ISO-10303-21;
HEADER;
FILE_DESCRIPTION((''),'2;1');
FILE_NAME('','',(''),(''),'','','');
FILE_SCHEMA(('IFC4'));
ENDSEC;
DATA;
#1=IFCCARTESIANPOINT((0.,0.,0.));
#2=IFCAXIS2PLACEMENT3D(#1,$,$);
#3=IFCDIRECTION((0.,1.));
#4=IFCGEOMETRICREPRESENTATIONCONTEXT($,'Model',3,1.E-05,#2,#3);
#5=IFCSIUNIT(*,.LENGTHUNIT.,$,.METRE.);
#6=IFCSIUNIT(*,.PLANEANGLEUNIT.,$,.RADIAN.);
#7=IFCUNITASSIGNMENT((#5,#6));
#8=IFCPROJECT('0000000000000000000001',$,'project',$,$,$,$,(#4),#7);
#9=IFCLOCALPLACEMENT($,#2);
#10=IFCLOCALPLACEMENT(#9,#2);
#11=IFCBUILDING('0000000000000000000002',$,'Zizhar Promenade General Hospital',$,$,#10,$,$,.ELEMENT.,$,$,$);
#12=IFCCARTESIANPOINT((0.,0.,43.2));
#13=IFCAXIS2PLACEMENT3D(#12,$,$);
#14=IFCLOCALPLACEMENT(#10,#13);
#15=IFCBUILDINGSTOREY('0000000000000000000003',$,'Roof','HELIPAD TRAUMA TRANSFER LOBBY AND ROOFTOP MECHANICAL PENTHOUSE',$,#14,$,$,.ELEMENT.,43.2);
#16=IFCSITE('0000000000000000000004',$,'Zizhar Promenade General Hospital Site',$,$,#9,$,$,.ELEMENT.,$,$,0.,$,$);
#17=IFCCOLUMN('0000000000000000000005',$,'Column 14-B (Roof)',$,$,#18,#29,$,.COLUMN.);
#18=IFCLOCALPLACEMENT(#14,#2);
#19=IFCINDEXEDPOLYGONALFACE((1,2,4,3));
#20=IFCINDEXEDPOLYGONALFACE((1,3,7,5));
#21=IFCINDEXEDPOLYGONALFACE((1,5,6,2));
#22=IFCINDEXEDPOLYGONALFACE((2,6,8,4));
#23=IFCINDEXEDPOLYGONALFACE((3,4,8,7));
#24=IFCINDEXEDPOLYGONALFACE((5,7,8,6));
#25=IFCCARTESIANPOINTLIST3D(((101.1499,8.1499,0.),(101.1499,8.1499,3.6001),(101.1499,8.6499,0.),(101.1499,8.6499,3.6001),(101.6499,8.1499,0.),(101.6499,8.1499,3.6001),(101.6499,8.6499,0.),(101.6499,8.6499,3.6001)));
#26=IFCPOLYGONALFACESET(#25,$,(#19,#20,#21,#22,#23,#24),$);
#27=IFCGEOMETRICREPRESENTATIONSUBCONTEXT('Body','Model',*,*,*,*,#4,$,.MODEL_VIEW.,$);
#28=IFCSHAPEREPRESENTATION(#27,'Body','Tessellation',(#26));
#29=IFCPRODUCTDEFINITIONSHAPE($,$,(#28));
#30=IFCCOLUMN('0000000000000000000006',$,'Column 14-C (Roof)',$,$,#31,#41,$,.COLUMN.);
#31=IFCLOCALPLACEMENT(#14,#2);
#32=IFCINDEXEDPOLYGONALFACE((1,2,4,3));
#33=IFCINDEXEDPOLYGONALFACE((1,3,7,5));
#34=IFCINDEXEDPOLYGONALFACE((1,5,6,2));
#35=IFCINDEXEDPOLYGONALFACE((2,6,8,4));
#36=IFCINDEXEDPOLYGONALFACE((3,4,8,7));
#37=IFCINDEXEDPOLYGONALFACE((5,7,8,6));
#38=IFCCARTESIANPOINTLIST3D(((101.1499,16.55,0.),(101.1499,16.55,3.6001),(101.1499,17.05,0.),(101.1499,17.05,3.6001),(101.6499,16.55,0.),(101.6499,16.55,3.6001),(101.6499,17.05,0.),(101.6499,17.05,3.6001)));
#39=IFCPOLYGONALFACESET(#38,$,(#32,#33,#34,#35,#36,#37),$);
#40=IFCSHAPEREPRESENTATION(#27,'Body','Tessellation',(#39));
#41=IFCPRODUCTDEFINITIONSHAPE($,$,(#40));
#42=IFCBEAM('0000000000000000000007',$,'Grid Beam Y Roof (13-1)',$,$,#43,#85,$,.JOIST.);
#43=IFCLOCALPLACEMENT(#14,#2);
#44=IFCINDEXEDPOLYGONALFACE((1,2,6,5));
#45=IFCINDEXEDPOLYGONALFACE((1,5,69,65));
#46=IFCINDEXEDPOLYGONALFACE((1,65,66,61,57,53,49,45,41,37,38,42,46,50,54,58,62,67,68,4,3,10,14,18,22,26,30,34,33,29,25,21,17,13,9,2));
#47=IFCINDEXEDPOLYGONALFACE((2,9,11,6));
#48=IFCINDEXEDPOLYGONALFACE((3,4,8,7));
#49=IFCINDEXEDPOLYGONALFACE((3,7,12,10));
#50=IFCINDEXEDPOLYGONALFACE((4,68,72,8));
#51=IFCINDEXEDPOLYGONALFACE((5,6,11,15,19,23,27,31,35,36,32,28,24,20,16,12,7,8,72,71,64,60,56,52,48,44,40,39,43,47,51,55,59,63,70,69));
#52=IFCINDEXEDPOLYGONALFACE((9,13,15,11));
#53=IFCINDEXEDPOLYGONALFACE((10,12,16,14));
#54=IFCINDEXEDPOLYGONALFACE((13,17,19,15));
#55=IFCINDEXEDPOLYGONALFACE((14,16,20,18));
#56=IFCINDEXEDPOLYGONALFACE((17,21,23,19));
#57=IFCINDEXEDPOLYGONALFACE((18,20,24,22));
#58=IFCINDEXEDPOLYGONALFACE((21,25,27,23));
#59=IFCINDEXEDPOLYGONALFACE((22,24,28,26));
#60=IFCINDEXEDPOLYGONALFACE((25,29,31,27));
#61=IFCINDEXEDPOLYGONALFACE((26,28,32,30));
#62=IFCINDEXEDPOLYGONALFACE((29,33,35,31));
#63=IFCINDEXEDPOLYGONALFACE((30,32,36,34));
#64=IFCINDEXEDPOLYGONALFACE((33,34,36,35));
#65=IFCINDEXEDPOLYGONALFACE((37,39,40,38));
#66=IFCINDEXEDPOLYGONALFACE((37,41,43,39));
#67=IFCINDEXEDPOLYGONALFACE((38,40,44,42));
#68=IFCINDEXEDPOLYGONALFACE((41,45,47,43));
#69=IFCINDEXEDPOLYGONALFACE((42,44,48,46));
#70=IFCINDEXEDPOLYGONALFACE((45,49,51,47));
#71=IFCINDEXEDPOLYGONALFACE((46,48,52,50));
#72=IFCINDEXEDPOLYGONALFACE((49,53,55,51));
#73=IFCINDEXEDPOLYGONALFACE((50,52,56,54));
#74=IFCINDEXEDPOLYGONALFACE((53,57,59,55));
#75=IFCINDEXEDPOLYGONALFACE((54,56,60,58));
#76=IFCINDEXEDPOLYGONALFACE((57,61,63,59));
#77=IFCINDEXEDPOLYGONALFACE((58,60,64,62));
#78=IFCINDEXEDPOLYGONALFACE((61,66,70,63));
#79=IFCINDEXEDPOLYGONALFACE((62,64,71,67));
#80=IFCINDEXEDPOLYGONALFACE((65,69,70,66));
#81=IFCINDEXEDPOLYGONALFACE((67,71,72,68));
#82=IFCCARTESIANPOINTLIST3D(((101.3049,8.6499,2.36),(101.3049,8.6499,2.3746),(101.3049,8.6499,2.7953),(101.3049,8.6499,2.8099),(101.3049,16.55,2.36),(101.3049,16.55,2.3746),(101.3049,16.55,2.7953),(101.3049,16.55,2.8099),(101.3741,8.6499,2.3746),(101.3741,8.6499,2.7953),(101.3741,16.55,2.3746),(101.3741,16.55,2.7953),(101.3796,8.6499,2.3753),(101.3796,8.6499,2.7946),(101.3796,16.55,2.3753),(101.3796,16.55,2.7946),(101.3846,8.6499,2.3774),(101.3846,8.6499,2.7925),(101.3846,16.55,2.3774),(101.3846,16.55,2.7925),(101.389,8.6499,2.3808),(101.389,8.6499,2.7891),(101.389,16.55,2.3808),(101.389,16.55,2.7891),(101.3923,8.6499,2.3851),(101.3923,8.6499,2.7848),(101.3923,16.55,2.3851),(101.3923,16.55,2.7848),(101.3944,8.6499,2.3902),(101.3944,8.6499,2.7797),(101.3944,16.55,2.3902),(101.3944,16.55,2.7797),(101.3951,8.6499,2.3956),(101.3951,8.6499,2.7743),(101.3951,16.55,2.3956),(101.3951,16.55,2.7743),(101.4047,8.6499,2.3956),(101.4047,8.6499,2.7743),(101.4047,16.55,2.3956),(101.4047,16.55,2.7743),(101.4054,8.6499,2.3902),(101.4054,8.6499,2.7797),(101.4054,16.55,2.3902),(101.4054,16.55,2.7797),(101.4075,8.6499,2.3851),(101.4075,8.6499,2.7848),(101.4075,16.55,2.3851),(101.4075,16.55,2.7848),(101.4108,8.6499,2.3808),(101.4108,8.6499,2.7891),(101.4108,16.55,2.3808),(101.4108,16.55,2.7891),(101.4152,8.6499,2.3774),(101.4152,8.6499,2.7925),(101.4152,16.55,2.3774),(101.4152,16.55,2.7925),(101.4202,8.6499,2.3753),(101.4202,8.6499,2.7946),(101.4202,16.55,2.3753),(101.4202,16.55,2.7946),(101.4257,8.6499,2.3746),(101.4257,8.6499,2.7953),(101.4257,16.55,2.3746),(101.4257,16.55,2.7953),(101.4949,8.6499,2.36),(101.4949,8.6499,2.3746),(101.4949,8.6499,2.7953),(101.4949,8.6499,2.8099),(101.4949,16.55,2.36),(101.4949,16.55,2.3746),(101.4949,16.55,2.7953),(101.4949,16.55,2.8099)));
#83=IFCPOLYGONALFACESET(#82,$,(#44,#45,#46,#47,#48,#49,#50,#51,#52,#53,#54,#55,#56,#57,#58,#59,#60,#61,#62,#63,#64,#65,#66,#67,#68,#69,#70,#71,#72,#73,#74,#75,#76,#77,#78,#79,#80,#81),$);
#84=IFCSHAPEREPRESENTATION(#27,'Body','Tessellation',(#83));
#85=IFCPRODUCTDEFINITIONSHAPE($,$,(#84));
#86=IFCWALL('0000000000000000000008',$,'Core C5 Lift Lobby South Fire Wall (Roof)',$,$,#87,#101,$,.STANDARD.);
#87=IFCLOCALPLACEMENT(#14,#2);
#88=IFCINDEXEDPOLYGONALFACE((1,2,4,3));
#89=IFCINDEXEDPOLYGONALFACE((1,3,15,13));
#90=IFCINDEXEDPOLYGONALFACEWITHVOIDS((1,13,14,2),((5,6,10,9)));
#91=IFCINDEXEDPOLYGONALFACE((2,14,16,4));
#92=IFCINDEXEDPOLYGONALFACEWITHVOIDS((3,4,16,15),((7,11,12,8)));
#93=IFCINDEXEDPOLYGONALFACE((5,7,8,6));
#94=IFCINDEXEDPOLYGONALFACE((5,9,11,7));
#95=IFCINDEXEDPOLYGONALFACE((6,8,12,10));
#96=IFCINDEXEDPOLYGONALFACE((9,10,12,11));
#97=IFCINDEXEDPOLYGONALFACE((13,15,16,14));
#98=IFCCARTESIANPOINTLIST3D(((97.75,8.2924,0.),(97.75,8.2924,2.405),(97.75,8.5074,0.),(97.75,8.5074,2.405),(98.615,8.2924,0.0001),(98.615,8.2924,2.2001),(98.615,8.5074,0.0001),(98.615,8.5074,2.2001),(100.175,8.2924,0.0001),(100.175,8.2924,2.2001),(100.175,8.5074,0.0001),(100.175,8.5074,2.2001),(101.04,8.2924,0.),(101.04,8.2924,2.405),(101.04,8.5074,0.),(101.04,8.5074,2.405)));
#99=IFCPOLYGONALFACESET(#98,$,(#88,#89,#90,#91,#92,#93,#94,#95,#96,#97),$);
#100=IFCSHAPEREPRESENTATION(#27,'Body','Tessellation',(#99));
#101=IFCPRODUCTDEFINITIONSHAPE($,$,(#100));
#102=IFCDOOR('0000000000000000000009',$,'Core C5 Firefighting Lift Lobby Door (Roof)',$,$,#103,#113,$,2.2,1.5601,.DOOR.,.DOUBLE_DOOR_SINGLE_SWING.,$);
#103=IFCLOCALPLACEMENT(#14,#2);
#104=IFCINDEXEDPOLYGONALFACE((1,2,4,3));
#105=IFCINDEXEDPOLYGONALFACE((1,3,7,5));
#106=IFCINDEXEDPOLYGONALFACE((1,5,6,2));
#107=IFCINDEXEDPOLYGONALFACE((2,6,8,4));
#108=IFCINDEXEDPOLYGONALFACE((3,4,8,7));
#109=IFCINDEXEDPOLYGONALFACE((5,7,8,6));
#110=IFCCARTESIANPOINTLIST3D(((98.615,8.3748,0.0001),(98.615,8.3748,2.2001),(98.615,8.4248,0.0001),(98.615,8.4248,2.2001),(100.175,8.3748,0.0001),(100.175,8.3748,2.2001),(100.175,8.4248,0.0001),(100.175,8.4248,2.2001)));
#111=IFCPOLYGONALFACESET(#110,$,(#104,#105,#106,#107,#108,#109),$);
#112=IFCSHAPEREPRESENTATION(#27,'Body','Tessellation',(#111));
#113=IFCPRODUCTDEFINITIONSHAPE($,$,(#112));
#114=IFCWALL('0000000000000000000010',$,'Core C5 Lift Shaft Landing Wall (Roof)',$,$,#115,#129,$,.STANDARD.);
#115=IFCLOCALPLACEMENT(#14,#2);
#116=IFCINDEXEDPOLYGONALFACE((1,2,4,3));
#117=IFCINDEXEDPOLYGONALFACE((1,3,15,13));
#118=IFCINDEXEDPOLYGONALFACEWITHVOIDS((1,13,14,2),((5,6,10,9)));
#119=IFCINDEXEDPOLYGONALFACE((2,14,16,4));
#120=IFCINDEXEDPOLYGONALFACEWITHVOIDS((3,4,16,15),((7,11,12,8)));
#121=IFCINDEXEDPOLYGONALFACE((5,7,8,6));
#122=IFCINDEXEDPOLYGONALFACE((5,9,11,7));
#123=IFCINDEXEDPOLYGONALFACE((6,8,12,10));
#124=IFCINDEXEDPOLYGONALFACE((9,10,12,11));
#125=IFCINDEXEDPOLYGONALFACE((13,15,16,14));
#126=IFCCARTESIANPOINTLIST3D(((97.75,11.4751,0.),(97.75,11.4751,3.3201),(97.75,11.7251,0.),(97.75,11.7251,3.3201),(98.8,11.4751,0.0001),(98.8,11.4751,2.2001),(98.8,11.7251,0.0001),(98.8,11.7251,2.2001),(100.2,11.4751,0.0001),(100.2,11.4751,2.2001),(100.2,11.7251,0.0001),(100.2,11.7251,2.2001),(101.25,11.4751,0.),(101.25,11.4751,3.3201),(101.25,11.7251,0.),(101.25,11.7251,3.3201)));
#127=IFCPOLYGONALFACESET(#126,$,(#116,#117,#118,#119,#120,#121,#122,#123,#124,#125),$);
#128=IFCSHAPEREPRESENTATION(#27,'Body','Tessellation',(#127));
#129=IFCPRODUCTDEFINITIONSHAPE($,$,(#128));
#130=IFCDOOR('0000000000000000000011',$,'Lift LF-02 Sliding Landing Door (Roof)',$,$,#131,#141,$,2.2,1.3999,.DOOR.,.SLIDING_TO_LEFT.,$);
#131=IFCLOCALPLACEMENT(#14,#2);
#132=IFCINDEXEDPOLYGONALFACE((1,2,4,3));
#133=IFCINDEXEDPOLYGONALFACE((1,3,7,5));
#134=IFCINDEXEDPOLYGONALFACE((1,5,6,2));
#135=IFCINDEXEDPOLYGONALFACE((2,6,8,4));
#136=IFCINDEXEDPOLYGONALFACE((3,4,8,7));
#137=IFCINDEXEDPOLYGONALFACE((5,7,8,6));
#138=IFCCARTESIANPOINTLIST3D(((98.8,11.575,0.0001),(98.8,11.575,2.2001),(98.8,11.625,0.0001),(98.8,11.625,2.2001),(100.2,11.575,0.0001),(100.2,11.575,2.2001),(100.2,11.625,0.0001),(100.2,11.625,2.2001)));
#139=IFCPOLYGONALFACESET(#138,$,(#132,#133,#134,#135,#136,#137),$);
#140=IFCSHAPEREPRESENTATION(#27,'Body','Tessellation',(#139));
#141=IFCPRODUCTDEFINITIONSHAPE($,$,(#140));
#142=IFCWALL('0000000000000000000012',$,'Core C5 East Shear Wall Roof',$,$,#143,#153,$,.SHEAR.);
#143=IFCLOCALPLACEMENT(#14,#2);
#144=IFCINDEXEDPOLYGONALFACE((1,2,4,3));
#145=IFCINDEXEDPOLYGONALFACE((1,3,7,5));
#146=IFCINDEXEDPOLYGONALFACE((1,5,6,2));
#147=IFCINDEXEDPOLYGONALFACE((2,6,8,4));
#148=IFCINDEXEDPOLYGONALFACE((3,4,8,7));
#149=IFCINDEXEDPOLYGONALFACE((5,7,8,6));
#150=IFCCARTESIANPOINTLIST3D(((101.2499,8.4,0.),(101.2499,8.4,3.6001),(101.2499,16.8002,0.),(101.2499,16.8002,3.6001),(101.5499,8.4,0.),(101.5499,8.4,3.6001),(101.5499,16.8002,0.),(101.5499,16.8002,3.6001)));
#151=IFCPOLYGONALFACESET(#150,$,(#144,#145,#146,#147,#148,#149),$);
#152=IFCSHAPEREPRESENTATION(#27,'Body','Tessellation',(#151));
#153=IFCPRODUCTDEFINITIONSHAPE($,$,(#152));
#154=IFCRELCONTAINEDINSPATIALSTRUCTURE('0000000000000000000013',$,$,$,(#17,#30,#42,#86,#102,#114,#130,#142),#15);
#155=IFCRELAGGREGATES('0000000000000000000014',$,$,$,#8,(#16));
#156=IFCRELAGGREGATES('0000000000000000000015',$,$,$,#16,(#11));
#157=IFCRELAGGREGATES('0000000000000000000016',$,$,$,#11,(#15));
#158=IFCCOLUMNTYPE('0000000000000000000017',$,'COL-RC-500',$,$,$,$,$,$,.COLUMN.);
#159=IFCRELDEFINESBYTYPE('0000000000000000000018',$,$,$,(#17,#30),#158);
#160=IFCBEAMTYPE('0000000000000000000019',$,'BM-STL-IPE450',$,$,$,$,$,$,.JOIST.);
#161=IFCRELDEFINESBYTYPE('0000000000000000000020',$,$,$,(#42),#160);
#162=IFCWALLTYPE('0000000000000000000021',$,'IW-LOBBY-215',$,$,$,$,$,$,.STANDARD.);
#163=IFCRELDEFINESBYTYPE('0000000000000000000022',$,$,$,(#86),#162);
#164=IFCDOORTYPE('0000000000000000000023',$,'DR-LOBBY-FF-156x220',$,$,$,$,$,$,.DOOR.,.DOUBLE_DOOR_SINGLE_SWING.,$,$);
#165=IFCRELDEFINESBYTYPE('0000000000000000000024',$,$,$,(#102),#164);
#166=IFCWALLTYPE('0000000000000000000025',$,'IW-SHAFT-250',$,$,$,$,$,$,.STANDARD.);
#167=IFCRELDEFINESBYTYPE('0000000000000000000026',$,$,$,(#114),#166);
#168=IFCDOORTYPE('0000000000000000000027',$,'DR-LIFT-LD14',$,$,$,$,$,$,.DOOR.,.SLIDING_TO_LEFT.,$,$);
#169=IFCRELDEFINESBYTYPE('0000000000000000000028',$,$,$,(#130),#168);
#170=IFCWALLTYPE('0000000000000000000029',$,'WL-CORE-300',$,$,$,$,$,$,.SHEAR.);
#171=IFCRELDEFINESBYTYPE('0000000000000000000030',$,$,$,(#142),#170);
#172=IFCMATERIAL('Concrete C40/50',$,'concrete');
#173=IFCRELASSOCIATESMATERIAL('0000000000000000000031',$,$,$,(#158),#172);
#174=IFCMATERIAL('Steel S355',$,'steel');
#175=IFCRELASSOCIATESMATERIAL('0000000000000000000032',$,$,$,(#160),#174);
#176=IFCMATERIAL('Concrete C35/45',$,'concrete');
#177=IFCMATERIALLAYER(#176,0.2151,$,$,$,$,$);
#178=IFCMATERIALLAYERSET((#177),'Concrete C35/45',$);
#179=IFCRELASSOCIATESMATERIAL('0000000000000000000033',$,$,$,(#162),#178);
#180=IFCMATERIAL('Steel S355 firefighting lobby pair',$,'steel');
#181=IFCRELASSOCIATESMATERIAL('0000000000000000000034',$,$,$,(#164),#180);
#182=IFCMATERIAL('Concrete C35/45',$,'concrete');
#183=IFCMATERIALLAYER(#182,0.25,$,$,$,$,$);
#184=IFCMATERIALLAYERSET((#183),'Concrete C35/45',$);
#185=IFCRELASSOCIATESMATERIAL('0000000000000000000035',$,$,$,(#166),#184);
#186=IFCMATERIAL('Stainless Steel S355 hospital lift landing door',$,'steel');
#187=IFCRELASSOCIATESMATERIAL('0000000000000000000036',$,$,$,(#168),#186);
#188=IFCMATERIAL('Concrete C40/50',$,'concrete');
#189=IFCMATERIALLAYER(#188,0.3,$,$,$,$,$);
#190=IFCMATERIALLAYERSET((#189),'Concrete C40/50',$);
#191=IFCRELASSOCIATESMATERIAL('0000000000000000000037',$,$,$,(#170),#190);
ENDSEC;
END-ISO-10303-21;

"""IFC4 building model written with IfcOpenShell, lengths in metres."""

from ifc_helpers import new_model, si_unit, direction, frame, frame_2d, origin, origin_2d, place, context, subcontext, project, spatial, rectangle, i_section, extrude, material, layer, layer_set, material_profile, profile_set, type_object, element, fill, save


model = new_model("IFC4")

# Units and contexts
model_context = context("Model", 3, precision=1e-05, world=origin(), true_north=direction((0.0, 1.0)))
body_context = subcontext(model_context, "Body", "Model", "MODEL_VIEW")
ifc_project = project(units=[si_unit("LENGTHUNIT", "METRE"), si_unit("PLANEANGLEUNIT", "RADIAN")], contexts=[model_context])

# Site, building, storey
site_placement = place(None, origin())
site = spatial("IfcSite", under=ifc_project, at=site_placement, Name="Zizhar Promenade General Hospital Site", CompositionType="ELEMENT", RefElevation=0.0)
building_placement = place(site_placement, origin())
building = spatial("IfcBuilding", under=site, at=building_placement, Name="Zizhar Promenade General Hospital", CompositionType="ELEMENT")
storey_placement = place(building_placement, frame((0.0, 0.0, 43.2)))
storey = spatial("IfcBuildingStorey", under=building, at=storey_placement, Name="Roof", Description="HELIPAD TRAUMA TRANSFER LOBBY AND ROOFTOP MECHANICAL PENTHOUSE", CompositionType="ELEMENT", Elevation=43.2)

# Columns
ifc_material_1 = material(Name="Concrete C40/50", Category="concrete")
ifc_material_profile_1 = material_profile(ifc_material_1, rectangle(XDim=0.5, YDim=0.5, at=origin_2d()))
ifc_profile_set_1 = profile_set([ifc_material_profile_1], Name="Concrete C40/50")
column_type = type_object("IfcColumnType", Name="COL-RC-500", PredefinedType="COLUMN", material=ifc_profile_set_1)
for number, where, z_axis, x_axis, name in (
    (1, (101.3999, 8.3999, 0.0), (0.0, 0.0, 1.0), (1.0, 0.0, 0.0), "Column 14-B (Roof)"),
    (2, (101.3999, 16.8, 0.0), (0.0, 0.0, 1.0), (1.0, 0.0, 0.0), "Column 14-C (Roof)"),
):
    element("IfcColumn", number, at=place(storey_placement, frame(where, z_axis=z_axis, x_axis=x_axis)), inside=storey, type_object=column_type, Name=name, PredefinedType="COLUMN", context=body_context, shape_type="SweptSolid", body=[
        extrude(rectangle(XDim=0.5, YDim=0.5, at=origin_2d()), origin(), (0.0, 0.0, 1.0), 3.6001),
    ])

# Beam
ifc_material_2 = material(Name="Steel S355", Category="steel")
ifc_material_profile_2 = material_profile(ifc_material_2, i_section(OverallWidth=0.1899, OverallDepth=0.45, WebThickness=0.0095, FlangeThickness=0.0146, FilletRadius=0.021, at=origin_2d()))
ifc_profile_set_2 = profile_set([ifc_material_profile_2], Name="Steel S355")
beam_type = type_object("IfcBeamType", Name="BM-STL-IPE450", PredefinedType="JOIST", material=ifc_profile_set_2)
beam_placement = place(storey_placement, frame((101.3999, 8.6499, 2.585), z_axis=(0.0, 1.0, 0.0), x_axis=(-1.0, 0.0, 0.0)))
element("IfcBeam", 3, at=beam_placement, inside=storey, type_object=beam_type, Name="Grid Beam Y Roof (13-1)", PredefinedType="JOIST", context=body_context, shape_type="SweptSolid", body=[
    extrude(i_section(OverallWidth=0.1899, OverallDepth=0.45, WebThickness=0.0095, FlangeThickness=0.0146, FilletRadius=0.021, at=origin_2d()), origin(), (0.0, 0.0, 1.0), 7.9001),
])

# Walls, openings, doors
ifc_material_3 = material(Name="Concrete C35/45", Category="concrete")
ifc_layer_1 = layer(ifc_material_3, 0.2151)
ifc_layer_set_1 = layer_set([ifc_layer_1], Name="Concrete C35/45")
wall_type_1 = type_object("IfcWallType", Name="IW-LOBBY-215", PredefinedType="STANDARD", material=ifc_layer_set_1)
wall_1_placement = place(storey_placement, frame((97.75, 8.3999, 0.0), z_axis=(0.0, 0.0, 1.0), x_axis=(1.0, 0.0, 0.0)))
wall_1 = element("IfcWall", 4, at=wall_1_placement, inside=storey, type_object=wall_type_1, Name="Core C5 Lift Lobby South Fire Wall (Roof)", PredefinedType="STANDARD", context=body_context, shape_type="SweptSolid", body=[
    extrude(rectangle(XDim=3.29, YDim=0.2151, at=frame_2d((1.645, 0.0))), origin(), (0.0, 0.0, 1.0), 2.405),
])
opening_1_placement = place(wall_1_placement, frame((0.865, 0.0, 0.0)))
opening_1 = element("IfcOpeningElement", 5, at=opening_1_placement, cuts=wall_1, PredefinedType="OPENING", context=body_context, shape_type="SweptSolid", body=[
    extrude(rectangle(XDim=1.5601, YDim=2.2, at=frame_2d((0.78, 1.1001))), frame((0.0, 0.1177, 0.0), z_axis=(0.0, -1.0, 0.0), x_axis=(1.0, 0.0, 0.0)), (0.0, 0.0, 1.0), 0.2351),
])
ifc_material_4 = material(Name="Steel S355 firefighting lobby pair", Category="steel")
door_type_1 = type_object("IfcDoorType", Name="DR-LOBBY-FF-156x220", OperationType="DOUBLE_DOOR_SINGLE_SWING", PredefinedType="DOOR", material=ifc_material_4)
door_1_placement = place(opening_1_placement, origin())
door_1 = element("IfcDoor", 6, at=door_1_placement, inside=storey, type_object=door_type_1, Name="Core C5 Firefighting Lift Lobby Door (Roof)", OperationType="DOUBLE_DOOR_SINGLE_SWING", OverallHeight=2.2, OverallWidth=1.5601, PredefinedType="DOOR", context=body_context, shape_type="SweptSolid", body=[
    extrude(rectangle(XDim=1.5601, YDim=2.2, at=frame_2d((0.78, 1.1001))), frame((0.0, 0.0249, 0.0), z_axis=(0.0, -1.0, 0.0), x_axis=(1.0, 0.0, 0.0)), (0.0, 0.0, 1.0), 0.05),
])
fill(opening_1, door_1)
ifc_material_5 = material(Name="Concrete C35/45", Category="concrete")
ifc_layer_2 = layer(ifc_material_5, 0.25)
ifc_layer_set_2 = layer_set([ifc_layer_2], Name="Concrete C35/45")
wall_type_2 = type_object("IfcWallType", Name="IW-SHAFT-250", PredefinedType="STANDARD", material=ifc_layer_set_2)
wall_2_placement = place(storey_placement, frame((97.75, 11.6001, 0.0), z_axis=(0.0, 0.0, 1.0), x_axis=(1.0, 0.0, 0.0)))
wall_2 = element("IfcWall", 7, at=wall_2_placement, inside=storey, type_object=wall_type_2, Name="Core C5 Lift Shaft Landing Wall (Roof)", PredefinedType="STANDARD", context=body_context, shape_type="SweptSolid", body=[
    extrude(rectangle(XDim=3.5, YDim=0.25, at=frame_2d((1.75, 0.0))), origin(), (0.0, 0.0, 1.0), 3.3201),
])
opening_2_placement = place(wall_2_placement, frame((1.05, 0.0, 0.0)))
opening_2 = element("IfcOpeningElement", 8, at=opening_2_placement, cuts=wall_2, PredefinedType="OPENING", context=body_context, shape_type="SweptSolid", body=[
    extrude(rectangle(XDim=1.3999, YDim=2.2, at=frame_2d((0.7, 1.1001))), frame((0.0, 0.135, 0.0), z_axis=(0.0, -1.0, 0.0), x_axis=(1.0, 0.0, 0.0)), (0.0, 0.0, 1.0), 0.27),
])
ifc_material_6 = material(Name="Stainless Steel S355 hospital lift landing door", Category="steel")
door_type_2 = type_object("IfcDoorType", Name="DR-LIFT-LD14", OperationType="SLIDING_TO_LEFT", PredefinedType="DOOR", material=ifc_material_6)
door_2_placement = place(opening_2_placement, origin())
door_2 = element("IfcDoor", 9, at=door_2_placement, inside=storey, type_object=door_type_2, Name="Lift LF-02 Sliding Landing Door (Roof)", OperationType="SLIDING_TO_LEFT", OverallHeight=2.2, OverallWidth=1.3999, PredefinedType="DOOR", context=body_context, shape_type="SweptSolid", body=[
    extrude(rectangle(XDim=1.3999, YDim=2.2, at=frame_2d((0.7, 1.1001))), frame((0.0, 0.0249, 0.0), z_axis=(0.0, -1.0, 0.0), x_axis=(1.0, 0.0, 0.0)), (0.0, 0.0, 1.0), 0.05),
])
fill(opening_2, door_2)

# Wall
ifc_material_7 = material(Name="Concrete C40/50", Category="concrete")
ifc_layer_3 = layer(ifc_material_7, 0.3)
ifc_layer_set_3 = layer_set([ifc_layer_3], Name="Concrete C40/50")
wall_type_3 = type_object("IfcWallType", Name="WL-CORE-300", PredefinedType="SHEAR", material=ifc_layer_set_3)
wall_3_placement = place(storey_placement, frame((101.3999, 8.3999, 0.0), z_axis=(0.0, 0.0, 1.0), x_axis=(0.0, 1.0, 0.0)))
element("IfcWall", 10, at=wall_3_placement, inside=storey, type_object=wall_type_3, Name="Core C5 East Shear Wall Roof", PredefinedType="SHEAR", context=body_context, shape_type="SweptSolid", body=[
    extrude(rectangle(XDim=8.4001, YDim=0.3, at=frame_2d((4.2002, 0.0))), origin(), (0.0, 0.0, 1.0), 3.6001),
])

save(model, "model.ifc")
